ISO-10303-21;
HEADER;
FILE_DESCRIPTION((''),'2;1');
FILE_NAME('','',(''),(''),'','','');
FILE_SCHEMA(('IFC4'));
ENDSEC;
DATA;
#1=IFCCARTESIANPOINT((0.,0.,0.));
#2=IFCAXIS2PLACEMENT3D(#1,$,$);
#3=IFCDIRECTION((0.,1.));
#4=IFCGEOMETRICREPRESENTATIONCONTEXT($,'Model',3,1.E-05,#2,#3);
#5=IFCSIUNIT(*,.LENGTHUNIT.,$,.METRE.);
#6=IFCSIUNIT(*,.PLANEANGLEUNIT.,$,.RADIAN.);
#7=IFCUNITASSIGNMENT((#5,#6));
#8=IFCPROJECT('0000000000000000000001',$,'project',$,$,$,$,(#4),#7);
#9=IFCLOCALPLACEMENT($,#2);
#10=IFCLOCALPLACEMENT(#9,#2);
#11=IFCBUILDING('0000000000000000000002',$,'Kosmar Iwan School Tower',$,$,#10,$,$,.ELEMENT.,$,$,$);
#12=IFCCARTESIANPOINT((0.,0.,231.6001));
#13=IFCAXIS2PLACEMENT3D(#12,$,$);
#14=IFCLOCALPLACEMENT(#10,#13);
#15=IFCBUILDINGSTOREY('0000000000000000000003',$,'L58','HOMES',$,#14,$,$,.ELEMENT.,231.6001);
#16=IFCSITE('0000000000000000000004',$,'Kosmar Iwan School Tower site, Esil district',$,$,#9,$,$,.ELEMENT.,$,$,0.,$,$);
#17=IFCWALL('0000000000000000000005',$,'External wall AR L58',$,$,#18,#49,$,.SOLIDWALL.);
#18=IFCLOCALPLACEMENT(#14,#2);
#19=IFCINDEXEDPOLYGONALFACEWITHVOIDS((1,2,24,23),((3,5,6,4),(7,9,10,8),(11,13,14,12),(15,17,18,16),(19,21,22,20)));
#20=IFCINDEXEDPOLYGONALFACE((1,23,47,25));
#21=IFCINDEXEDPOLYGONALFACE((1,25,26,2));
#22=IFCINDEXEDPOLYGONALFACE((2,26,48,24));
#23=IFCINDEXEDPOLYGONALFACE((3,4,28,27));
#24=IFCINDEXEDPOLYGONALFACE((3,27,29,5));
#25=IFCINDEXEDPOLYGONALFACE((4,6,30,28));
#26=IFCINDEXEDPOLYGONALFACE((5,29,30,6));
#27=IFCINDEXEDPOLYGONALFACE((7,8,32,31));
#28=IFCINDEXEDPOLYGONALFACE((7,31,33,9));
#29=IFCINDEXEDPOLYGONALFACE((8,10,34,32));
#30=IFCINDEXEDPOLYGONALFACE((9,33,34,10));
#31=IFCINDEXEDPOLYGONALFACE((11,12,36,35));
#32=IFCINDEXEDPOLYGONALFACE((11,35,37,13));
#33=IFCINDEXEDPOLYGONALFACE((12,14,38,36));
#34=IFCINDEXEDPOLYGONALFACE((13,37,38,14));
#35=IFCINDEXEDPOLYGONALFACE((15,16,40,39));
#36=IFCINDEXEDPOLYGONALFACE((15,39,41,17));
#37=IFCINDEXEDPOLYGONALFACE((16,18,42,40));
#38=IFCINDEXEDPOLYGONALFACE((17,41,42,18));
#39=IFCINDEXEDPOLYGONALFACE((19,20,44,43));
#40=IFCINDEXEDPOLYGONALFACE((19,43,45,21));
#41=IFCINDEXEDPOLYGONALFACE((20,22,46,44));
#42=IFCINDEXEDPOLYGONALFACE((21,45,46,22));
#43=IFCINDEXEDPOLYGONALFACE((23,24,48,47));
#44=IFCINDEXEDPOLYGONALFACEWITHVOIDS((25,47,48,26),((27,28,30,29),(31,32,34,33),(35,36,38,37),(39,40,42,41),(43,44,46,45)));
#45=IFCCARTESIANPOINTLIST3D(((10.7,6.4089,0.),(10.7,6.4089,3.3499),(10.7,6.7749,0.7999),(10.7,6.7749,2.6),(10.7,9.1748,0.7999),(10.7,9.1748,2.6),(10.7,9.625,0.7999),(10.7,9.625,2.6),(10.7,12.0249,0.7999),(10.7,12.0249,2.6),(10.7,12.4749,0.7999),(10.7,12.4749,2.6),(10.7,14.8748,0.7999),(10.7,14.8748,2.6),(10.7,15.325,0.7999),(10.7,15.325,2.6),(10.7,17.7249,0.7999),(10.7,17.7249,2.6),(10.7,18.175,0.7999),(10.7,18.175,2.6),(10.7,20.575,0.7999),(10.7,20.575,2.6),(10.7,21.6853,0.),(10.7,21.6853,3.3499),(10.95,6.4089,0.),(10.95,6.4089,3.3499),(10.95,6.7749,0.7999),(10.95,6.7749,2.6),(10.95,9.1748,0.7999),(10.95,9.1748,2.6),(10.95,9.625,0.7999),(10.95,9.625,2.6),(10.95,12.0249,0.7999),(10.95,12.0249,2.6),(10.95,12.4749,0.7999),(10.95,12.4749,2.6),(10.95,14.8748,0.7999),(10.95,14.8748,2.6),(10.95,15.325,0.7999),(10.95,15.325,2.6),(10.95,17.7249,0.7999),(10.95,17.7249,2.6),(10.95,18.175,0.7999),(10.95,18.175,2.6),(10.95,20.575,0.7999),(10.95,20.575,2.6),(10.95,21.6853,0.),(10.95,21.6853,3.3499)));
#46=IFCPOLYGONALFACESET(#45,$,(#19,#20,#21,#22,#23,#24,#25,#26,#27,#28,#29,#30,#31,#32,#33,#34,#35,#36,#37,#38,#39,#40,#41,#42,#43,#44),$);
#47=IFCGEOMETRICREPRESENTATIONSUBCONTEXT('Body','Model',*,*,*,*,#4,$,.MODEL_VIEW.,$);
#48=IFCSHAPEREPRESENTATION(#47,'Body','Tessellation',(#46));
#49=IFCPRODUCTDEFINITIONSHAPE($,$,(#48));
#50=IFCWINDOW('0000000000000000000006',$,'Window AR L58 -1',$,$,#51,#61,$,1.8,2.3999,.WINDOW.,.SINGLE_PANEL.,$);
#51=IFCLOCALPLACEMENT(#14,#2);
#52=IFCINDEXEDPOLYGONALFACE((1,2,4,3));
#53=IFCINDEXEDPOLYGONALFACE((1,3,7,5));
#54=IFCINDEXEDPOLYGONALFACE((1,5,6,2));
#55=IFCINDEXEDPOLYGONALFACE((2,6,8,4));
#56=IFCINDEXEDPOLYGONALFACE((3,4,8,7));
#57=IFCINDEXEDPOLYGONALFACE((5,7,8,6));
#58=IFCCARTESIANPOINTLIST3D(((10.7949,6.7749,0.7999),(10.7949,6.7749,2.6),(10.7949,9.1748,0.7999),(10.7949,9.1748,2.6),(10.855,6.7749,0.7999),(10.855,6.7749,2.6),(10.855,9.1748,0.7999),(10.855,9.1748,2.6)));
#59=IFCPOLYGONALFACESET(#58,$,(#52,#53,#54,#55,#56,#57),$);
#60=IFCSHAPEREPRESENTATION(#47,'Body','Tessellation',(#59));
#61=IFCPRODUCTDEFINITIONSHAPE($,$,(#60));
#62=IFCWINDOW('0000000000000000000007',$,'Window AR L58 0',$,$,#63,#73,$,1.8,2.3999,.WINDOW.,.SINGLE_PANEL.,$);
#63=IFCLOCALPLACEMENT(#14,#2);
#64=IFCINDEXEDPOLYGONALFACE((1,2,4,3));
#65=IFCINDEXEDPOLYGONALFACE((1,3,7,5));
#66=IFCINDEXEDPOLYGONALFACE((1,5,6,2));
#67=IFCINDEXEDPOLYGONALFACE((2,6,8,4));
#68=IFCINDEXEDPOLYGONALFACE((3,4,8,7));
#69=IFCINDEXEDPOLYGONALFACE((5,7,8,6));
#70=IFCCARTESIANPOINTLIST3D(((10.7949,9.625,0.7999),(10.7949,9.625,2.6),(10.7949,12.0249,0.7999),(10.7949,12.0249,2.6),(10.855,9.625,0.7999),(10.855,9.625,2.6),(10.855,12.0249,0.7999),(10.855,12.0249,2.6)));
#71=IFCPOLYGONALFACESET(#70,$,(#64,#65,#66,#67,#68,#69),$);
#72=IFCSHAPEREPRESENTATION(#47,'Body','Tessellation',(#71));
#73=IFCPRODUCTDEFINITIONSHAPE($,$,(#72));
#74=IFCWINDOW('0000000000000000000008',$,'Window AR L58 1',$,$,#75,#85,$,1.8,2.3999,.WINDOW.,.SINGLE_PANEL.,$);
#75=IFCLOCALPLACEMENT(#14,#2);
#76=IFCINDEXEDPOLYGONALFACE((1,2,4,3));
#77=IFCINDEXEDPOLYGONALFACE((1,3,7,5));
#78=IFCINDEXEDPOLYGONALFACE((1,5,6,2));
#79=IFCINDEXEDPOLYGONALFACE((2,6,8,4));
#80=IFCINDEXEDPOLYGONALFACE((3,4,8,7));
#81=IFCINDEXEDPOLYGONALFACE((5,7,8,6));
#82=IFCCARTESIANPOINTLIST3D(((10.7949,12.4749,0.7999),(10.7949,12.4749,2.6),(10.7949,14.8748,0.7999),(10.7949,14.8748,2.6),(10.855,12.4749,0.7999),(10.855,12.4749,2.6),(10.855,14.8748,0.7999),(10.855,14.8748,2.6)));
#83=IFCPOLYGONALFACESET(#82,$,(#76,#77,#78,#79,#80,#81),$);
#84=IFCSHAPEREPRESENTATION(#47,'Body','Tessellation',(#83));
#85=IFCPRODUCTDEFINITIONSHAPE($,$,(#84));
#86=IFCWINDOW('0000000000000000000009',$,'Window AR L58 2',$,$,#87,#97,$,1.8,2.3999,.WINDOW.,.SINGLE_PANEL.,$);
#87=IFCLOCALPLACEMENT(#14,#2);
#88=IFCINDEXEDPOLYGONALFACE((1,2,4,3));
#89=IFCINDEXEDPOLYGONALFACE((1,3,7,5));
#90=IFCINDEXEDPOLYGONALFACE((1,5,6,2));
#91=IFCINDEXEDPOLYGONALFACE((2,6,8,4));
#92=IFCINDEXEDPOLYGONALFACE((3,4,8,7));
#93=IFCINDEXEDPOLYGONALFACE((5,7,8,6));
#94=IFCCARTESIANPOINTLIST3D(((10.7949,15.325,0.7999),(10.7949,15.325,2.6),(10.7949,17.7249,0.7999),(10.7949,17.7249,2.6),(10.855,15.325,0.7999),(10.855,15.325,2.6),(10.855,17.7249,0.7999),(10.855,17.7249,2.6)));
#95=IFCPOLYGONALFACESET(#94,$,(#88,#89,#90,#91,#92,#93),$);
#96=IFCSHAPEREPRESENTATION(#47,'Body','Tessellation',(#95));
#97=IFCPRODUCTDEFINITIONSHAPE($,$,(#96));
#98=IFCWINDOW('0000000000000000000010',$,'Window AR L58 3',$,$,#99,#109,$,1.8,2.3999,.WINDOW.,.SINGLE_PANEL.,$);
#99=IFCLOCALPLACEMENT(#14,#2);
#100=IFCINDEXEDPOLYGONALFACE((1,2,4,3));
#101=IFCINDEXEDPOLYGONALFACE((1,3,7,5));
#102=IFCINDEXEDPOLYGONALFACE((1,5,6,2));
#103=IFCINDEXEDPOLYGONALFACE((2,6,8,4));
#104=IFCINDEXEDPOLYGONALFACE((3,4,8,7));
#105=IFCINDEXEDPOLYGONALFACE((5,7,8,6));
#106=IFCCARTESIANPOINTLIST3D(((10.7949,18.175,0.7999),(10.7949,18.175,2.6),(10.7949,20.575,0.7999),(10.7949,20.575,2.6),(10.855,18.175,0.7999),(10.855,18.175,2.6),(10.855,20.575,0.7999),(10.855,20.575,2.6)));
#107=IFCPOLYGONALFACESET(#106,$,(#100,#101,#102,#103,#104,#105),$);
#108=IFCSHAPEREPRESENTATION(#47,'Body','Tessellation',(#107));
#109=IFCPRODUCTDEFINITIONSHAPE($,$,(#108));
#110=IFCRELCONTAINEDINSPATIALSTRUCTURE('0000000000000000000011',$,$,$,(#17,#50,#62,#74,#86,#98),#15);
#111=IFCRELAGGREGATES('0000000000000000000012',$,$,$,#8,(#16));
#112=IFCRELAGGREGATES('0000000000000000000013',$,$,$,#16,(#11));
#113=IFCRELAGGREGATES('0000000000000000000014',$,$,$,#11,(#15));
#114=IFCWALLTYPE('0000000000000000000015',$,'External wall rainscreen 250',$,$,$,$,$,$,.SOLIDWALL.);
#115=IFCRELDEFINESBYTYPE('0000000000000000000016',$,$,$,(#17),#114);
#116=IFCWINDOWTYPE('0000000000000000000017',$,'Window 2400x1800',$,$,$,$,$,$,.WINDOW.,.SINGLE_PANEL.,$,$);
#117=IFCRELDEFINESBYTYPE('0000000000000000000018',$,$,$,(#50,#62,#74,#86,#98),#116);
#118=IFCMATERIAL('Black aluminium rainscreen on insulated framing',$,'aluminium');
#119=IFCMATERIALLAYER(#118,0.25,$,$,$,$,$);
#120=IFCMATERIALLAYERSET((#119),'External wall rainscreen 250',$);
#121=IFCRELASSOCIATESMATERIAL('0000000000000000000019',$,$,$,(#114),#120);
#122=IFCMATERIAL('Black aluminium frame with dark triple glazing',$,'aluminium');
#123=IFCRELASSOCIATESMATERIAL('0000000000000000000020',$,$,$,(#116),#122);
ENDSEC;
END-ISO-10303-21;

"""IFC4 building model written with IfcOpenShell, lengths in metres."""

from ifc_helpers import new_model, si_unit, direction, frame, frame_2d, origin, place, context, subcontext, project, spatial, rectangle, extrude, material, layer, layer_set, type_object, element, fill, save


model = new_model("IFC4")

# Units and contexts
model_context = context("Model", 3, precision=1e-05, world=origin(), true_north=direction((0.0, 1.0)))
body_context = subcontext(model_context, "Body", "Model", "MODEL_VIEW")
ifc_project = project(units=[si_unit("LENGTHUNIT", "METRE"), si_unit("PLANEANGLEUNIT", "RADIAN")], contexts=[model_context])

# Site, building, storey
site_placement = place(None, origin())
site = spatial("IfcSite", under=ifc_project, at=site_placement, Name="Kosmar Iwan School Tower site, Esil district", CompositionType="ELEMENT", RefElevation=0.0)
building_placement = place(site_placement, origin())
building = spatial("IfcBuilding", under=site, at=building_placement, Name="Kosmar Iwan School Tower", CompositionType="ELEMENT")
storey_placement = place(building_placement, frame((0.0, 0.0, 231.6001)))
storey = spatial("IfcBuildingStorey", under=building, at=storey_placement, Name="L58", Description="HOMES", CompositionType="ELEMENT", Elevation=231.6001)

# Wall, openings, windows
ifc_material_1 = material(Name="Black aluminium rainscreen on insulated framing", Category="aluminium")
ifc_layer = layer(ifc_material_1, 0.25)
ifc_layer_set = layer_set([ifc_layer], Name="External wall rainscreen 250")
wall_type = type_object("IfcWallType", Name="External wall rainscreen 250", PredefinedType="SOLIDWALL", material=ifc_layer_set)
ifc_material_2 = material(Name="Black aluminium frame with dark triple glazing", Category="aluminium")
window_type = type_object("IfcWindowType", Name="Window 2400x1800", PartitioningType="SINGLE_PANEL", PredefinedType="WINDOW", material=ifc_material_2)
wall_1_placement = place(storey_placement, frame((10.825, 6.4089, 0.0), z_axis=(0.0, 0.0, 1.0), x_axis=(0.0, 1.0, 0.0)))
wall_1 = element("IfcWall", 1, at=wall_1_placement, inside=storey, type_object=wall_type, Name="External wall AR L58", PredefinedType="SOLIDWALL", context=body_context, shape_type="SweptSolid", body=[
    extrude(rectangle(XDim=15.2764, YDim=0.25, at=frame_2d((7.6382, 0.0))), origin(), (0.0, 0.0, 1.0), 3.3499),
])
opening_1_placement = place(wall_1_placement, frame((0.366, 0.0, 0.8)))
opening_1 = element("IfcOpeningElement", 2, at=opening_1_placement, cuts=wall_1, PredefinedType="OPENING", context=body_context, shape_type="SweptSolid", body=[
    extrude(rectangle(XDim=2.3999, YDim=1.8, at=frame_2d((1.2, 0.8999))), frame((0.0, 0.137, 0.0), z_axis=(0.0, -1.0, 0.0), x_axis=(1.0, 0.0, 0.0)), (0.0, 0.0, 1.0), 0.2739),
])
opening_2_placement = place(wall_1_placement, frame((3.2161, 0.0, 0.8)))
opening_2 = element("IfcOpeningElement", 3, at=opening_2_placement, cuts=wall_1, PredefinedType="OPENING", context=body_context, shape_type="SweptSolid", body=[
    extrude(rectangle(XDim=2.3999, YDim=1.8, at=frame_2d((1.2, 0.8999))), frame((0.0, 0.137, 0.0), z_axis=(0.0, -1.0, 0.0), x_axis=(1.0, 0.0, 0.0)), (0.0, 0.0, 1.0), 0.2739),
])
opening_3_placement = place(wall_1_placement, frame((6.0659, 0.0, 0.8)))
opening_3 = element("IfcOpeningElement", 4, at=opening_3_placement, cuts=wall_1, PredefinedType="OPENING", context=body_context, shape_type="SweptSolid", body=[
    extrude(rectangle(XDim=2.3999, YDim=1.8, at=frame_2d((1.2, 0.8999))), frame((0.0, 0.137, 0.0), z_axis=(0.0, -1.0, 0.0), x_axis=(1.0, 0.0, 0.0)), (0.0, 0.0, 1.0), 0.2739),
])
opening_4_placement = place(wall_1_placement, frame((8.916, 0.0, 0.8)))
opening_4 = element("IfcOpeningElement", 5, at=opening_4_placement, cuts=wall_1, PredefinedType="OPENING", context=body_context, shape_type="SweptSolid", body=[
    extrude(rectangle(XDim=2.3999, YDim=1.8, at=frame_2d((1.2, 0.8999))), frame((0.0, 0.137, 0.0), z_axis=(0.0, -1.0, 0.0), x_axis=(1.0, 0.0, 0.0)), (0.0, 0.0, 1.0), 0.2739),
])
opening_5_placement = place(wall_1_placement, frame((11.7661, 0.0, 0.8)))
opening_5 = element("IfcOpeningElement", 6, at=opening_5_placement, cuts=wall_1, PredefinedType="OPENING", context=body_context, shape_type="SweptSolid", body=[
    extrude(rectangle(XDim=2.3999, YDim=1.8, at=frame_2d((1.2, 0.8999))), frame((0.0, 0.137, 0.0), z_axis=(0.0, -1.0, 0.0), x_axis=(1.0, 0.0, 0.0)), (0.0, 0.0, 1.0), 0.2739),
])
window_1_placement = place(opening_1_placement, origin())
window_1 = element("IfcWindow", 7, at=window_1_placement, inside=storey, type_object=window_type, Name="Window AR L58 -1", OverallHeight=1.8, OverallWidth=2.3999, PartitioningType="SINGLE_PANEL", PredefinedType="WINDOW", context=body_context, shape_type="SweptSolid", body=[
    extrude(rectangle(XDim=2.3999, YDim=1.8, at=frame_2d((1.2, 0.8999))), frame((0.0, 0.03, 0.0), z_axis=(0.0, -1.0, 0.0), x_axis=(1.0, 0.0, 0.0)), (0.0, 0.0, 1.0), 0.0601),
])
fill(opening_1, window_1)
window_2_placement = place(opening_2_placement, origin())
window_2 = element("IfcWindow", 8, at=window_2_placement, inside=storey, type_object=window_type, Name="Window AR L58 0", OverallHeight=1.8, OverallWidth=2.3999, PartitioningType="SINGLE_PANEL", PredefinedType="WINDOW", context=body_context, shape_type="SweptSolid", body=[
    extrude(rectangle(XDim=2.3999, YDim=1.8, at=frame_2d((1.2, 0.8999))), frame((0.0, 0.03, 0.0), z_axis=(0.0, -1.0, 0.0), x_axis=(1.0, 0.0, 0.0)), (0.0, 0.0, 1.0), 0.0601),
])
fill(opening_2, window_2)
window_3_placement = place(opening_3_placement, origin())
window_3 = element("IfcWindow", 9, at=window_3_placement, inside=storey, type_object=window_type, Name="Window AR L58 1", OverallHeight=1.8, OverallWidth=2.3999, PartitioningType="SINGLE_PANEL", PredefinedType="WINDOW", context=body_context, shape_type="SweptSolid", body=[
    extrude(rectangle(XDim=2.3999, YDim=1.8, at=frame_2d((1.2, 0.8999))), frame((0.0, 0.03, 0.0), z_axis=(0.0, -1.0, 0.0), x_axis=(1.0, 0.0, 0.0)), (0.0, 0.0, 1.0), 0.0601),
])
fill(opening_3, window_3)
window_4_placement = place(opening_4_placement, origin())
window_4 = element("IfcWindow", 10, at=window_4_placement, inside=storey, type_object=window_type, Name="Window AR L58 2", OverallHeight=1.8, OverallWidth=2.3999, PartitioningType="SINGLE_PANEL", PredefinedType="WINDOW", context=body_context, shape_type="SweptSolid", body=[
    extrude(rectangle(XDim=2.3999, YDim=1.8, at=frame_2d((1.2, 0.8999))), frame((0.0, 0.03, 0.0), z_axis=(0.0, -1.0, 0.0), x_axis=(1.0, 0.0, 0.0)), (0.0, 0.0, 1.0), 0.0601),
])
fill(opening_4, window_4)
window_5_placement = place(opening_5_placement, origin())
window_5 = element("IfcWindow", 11, at=window_5_placement, inside=storey, type_object=window_type, Name="Window AR L58 3", OverallHeight=1.8, OverallWidth=2.3999, PartitioningType="SINGLE_PANEL", PredefinedType="WINDOW", context=body_context, shape_type="SweptSolid", body=[
    extrude(rectangle(XDim=2.3999, YDim=1.8, at=frame_2d((1.2, 0.8999))), frame((0.0, 0.03, 0.0), z_axis=(0.0, -1.0, 0.0), x_axis=(1.0, 0.0, 0.0)), (0.0, 0.0, 1.0), 0.0601),
])
fill(opening_5, window_5)

save(model, "model.ifc")
